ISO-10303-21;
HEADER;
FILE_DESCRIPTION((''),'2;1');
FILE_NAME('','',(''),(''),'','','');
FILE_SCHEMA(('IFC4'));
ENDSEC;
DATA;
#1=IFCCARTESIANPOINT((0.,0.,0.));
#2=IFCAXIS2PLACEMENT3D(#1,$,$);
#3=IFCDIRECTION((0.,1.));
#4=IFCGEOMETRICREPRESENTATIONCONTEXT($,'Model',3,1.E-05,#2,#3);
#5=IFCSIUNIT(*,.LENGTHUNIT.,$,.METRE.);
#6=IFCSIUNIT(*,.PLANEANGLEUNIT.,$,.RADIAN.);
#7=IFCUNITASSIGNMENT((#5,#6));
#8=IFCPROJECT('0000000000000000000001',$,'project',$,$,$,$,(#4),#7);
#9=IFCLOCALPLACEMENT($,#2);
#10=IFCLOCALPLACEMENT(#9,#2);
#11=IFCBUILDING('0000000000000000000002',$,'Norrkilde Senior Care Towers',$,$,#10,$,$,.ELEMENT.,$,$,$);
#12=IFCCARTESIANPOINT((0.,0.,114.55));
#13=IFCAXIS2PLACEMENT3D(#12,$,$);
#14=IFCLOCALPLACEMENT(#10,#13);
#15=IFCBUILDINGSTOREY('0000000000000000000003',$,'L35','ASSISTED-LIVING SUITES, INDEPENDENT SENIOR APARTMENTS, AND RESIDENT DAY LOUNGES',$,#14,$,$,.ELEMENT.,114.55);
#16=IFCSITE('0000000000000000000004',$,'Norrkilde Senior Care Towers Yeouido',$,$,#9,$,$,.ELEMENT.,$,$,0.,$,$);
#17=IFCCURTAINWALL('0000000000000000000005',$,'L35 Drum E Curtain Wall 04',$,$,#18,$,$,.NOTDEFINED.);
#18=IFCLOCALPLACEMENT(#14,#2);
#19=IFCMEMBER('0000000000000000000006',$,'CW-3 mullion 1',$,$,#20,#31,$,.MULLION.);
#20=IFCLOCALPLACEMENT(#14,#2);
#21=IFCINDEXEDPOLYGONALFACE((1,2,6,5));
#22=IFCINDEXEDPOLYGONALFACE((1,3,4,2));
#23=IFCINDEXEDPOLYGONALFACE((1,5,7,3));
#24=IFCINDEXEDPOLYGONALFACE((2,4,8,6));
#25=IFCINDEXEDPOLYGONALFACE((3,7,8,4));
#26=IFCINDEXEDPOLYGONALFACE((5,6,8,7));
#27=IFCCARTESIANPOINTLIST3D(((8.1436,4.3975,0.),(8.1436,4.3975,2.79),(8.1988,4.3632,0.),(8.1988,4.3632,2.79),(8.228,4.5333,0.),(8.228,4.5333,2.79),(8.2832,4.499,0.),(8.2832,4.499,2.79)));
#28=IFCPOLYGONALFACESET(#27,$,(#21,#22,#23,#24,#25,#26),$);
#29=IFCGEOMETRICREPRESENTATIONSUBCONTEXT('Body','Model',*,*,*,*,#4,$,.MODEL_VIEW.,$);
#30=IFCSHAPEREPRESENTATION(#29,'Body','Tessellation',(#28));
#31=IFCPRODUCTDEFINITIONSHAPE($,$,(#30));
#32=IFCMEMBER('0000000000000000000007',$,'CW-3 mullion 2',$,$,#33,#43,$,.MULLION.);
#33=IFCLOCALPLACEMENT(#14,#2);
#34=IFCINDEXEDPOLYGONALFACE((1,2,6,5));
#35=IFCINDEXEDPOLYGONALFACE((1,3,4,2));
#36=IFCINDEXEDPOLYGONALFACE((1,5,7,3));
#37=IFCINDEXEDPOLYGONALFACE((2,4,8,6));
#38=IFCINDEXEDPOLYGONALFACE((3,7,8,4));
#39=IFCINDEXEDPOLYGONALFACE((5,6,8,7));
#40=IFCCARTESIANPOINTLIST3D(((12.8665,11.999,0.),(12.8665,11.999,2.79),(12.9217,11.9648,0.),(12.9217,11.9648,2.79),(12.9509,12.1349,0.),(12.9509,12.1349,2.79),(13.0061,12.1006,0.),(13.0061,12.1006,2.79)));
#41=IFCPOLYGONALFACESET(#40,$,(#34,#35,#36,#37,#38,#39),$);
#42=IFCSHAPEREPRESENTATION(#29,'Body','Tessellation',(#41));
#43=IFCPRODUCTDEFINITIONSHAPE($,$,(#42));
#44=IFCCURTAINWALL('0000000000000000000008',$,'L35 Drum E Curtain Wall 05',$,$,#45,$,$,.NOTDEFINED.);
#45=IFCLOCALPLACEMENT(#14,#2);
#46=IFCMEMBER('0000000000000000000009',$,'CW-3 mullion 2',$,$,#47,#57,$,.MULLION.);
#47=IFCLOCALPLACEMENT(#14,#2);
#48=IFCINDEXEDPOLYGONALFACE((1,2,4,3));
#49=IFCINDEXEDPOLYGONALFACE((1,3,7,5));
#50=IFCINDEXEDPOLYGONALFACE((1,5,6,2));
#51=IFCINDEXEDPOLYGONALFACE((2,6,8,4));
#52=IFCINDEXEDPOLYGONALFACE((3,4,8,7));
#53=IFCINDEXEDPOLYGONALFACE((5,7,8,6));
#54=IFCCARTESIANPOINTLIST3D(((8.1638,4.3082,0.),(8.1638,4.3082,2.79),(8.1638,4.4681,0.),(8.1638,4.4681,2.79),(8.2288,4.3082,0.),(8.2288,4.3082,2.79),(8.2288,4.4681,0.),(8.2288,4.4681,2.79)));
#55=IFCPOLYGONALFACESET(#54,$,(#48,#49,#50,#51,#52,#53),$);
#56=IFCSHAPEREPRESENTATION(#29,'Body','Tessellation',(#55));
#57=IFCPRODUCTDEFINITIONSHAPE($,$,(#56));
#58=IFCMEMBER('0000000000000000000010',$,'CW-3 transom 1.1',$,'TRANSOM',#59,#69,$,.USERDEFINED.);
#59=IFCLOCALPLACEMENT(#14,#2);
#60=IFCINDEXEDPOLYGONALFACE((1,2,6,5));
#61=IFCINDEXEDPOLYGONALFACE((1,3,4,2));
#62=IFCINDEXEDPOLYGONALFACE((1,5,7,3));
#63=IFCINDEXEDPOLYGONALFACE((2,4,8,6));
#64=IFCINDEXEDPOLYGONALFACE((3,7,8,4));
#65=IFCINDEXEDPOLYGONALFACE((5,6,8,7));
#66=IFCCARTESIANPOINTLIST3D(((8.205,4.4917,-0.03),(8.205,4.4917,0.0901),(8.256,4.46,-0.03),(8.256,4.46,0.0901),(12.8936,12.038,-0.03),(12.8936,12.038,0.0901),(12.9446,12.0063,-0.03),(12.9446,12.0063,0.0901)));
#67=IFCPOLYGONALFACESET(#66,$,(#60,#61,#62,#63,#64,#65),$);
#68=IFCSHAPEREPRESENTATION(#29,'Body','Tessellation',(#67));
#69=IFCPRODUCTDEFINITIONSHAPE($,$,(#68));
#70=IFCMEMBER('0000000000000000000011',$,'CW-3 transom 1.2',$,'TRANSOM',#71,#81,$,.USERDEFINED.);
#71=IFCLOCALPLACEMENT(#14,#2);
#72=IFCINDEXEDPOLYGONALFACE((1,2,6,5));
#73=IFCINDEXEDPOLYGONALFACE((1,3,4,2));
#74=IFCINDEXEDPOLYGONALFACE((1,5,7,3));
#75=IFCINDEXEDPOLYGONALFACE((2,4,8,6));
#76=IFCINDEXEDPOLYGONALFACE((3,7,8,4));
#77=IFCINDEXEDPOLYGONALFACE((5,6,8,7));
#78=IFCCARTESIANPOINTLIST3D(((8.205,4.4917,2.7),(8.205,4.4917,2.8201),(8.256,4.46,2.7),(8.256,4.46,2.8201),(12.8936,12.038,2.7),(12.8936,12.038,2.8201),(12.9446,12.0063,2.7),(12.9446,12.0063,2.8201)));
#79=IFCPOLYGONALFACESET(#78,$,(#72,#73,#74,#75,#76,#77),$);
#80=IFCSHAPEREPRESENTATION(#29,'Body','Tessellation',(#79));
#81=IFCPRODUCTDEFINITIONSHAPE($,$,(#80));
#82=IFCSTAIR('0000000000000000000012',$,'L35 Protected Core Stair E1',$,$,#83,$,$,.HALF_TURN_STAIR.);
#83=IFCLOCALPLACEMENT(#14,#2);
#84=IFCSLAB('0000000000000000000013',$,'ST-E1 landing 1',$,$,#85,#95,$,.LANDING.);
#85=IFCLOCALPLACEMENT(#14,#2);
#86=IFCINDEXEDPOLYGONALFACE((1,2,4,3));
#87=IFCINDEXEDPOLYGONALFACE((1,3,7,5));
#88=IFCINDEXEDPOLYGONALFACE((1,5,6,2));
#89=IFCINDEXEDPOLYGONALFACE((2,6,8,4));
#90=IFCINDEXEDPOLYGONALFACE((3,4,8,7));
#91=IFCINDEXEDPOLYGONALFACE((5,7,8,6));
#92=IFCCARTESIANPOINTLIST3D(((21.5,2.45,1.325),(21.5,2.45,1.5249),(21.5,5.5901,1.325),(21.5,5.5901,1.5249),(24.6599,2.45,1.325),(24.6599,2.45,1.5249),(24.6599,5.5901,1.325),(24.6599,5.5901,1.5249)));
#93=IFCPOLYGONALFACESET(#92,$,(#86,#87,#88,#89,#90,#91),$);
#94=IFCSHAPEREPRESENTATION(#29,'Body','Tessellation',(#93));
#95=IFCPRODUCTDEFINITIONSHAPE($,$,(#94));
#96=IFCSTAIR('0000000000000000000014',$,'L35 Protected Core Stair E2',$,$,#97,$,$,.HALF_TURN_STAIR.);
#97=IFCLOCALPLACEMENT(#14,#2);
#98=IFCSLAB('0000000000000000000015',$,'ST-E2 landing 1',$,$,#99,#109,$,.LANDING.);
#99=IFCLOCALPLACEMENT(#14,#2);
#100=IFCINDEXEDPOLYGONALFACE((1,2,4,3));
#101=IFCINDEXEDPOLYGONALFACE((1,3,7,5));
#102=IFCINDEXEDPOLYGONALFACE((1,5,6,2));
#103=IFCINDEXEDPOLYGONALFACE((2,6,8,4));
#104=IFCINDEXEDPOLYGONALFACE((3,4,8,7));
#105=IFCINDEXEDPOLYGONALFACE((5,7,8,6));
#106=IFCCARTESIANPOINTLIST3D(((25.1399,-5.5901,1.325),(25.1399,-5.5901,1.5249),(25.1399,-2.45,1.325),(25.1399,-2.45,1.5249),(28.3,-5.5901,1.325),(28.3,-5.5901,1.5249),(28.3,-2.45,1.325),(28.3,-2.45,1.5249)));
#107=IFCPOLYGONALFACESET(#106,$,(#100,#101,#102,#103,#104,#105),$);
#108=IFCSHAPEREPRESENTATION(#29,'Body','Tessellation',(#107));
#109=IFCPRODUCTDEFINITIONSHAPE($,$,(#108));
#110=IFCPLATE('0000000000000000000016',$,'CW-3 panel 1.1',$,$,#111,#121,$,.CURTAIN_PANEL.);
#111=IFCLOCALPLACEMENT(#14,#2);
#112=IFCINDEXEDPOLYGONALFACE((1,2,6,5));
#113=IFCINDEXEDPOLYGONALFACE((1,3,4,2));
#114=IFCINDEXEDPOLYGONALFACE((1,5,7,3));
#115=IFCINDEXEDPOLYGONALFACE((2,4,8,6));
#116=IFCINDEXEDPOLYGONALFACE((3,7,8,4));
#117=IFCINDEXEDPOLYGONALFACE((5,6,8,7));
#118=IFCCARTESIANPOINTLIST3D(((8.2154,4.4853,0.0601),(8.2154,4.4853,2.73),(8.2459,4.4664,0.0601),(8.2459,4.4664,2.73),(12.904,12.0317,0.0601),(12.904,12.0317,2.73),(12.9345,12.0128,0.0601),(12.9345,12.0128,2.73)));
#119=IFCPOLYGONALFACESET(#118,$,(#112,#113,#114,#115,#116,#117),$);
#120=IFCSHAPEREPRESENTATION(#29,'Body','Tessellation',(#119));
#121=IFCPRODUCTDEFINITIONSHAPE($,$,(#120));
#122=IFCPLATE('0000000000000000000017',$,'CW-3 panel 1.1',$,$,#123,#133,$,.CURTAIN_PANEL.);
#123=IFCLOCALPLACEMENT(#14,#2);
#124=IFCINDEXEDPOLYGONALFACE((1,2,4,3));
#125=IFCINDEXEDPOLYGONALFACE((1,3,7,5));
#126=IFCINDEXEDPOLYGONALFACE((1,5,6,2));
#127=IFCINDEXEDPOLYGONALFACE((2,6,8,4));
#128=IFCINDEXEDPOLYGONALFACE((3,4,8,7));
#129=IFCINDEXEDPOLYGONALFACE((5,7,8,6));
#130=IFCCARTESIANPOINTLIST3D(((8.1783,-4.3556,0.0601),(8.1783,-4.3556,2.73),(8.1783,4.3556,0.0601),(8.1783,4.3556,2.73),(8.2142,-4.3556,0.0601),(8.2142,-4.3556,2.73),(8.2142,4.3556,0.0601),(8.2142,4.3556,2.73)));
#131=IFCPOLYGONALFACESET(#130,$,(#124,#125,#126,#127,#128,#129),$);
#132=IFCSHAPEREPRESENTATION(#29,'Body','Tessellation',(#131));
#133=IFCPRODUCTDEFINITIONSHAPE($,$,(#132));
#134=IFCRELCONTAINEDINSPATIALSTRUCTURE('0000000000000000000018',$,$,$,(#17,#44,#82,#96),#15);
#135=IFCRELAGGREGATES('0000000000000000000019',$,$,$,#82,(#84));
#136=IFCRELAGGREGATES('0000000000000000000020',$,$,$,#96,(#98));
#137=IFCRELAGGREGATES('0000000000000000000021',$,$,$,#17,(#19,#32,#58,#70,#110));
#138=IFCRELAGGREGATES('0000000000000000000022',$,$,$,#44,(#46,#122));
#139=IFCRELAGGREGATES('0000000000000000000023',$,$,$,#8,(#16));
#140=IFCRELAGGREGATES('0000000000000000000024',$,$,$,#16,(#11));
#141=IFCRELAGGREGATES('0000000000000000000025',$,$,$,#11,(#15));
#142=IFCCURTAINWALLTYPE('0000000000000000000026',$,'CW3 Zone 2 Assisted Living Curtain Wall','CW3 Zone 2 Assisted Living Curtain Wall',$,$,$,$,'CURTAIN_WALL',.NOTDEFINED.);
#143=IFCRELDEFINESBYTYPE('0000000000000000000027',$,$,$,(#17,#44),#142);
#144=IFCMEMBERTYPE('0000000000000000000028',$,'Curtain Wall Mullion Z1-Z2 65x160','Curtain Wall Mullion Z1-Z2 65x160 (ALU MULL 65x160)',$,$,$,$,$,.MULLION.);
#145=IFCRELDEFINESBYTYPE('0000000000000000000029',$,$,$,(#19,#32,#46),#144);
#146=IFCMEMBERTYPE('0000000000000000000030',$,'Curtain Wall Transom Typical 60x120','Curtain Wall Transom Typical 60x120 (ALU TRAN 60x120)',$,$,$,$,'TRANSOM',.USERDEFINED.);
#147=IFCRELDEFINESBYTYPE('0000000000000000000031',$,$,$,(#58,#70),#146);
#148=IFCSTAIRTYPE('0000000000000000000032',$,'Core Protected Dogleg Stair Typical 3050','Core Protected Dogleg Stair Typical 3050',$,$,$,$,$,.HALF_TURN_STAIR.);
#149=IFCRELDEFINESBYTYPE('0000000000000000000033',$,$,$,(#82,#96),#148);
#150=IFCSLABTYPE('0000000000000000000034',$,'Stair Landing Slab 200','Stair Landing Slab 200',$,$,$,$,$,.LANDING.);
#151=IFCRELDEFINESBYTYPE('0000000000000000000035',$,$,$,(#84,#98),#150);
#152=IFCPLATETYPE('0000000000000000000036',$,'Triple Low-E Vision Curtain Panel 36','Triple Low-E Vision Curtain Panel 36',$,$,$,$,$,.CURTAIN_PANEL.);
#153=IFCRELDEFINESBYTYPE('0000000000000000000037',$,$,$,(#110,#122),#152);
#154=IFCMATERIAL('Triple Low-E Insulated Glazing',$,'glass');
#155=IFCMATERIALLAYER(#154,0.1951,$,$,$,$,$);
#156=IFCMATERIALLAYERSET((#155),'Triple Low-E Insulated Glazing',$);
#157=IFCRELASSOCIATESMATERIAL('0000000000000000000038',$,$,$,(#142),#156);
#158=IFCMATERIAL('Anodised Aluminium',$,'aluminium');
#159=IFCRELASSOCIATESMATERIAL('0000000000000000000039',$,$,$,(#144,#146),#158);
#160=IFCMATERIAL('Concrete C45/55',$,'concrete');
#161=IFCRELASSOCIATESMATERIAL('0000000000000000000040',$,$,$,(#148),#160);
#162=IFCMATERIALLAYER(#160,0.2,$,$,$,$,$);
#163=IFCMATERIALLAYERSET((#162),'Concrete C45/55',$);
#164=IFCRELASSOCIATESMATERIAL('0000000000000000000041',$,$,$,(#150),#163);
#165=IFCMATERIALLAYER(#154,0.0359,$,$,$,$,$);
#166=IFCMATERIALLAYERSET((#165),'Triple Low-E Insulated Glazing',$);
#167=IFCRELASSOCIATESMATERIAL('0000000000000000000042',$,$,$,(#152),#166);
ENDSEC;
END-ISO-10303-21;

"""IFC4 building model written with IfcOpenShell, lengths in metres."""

from ifc_helpers import new_model, si_unit, direction, frame, origin, origin_2d, place, context, subcontext, project, spatial, polyline, rectangle, outline, extrude, source, transform, mapped, material, layer, layer_set, material_profile, profile_set, type_object, type_shapes, element, aggregate, save


model = new_model("IFC4")

# Units and contexts
model_context = context("Model", 3, precision=1e-05, world=origin(), true_north=direction((0.0, 1.0)))
body_context = subcontext(model_context, "Body", "Model", "MODEL_VIEW")
ifc_project = project(units=[si_unit("LENGTHUNIT", "METRE"), si_unit("PLANEANGLEUNIT", "RADIAN")], contexts=[model_context])

# Site, building, storey
site_placement = place(None, origin())
site = spatial("IfcSite", under=ifc_project, at=site_placement, Name="Norrkilde Senior Care Towers Yeouido", CompositionType="ELEMENT", RefElevation=0.0)
building_placement = place(site_placement, origin())
building = spatial("IfcBuilding", under=site, at=building_placement, Name="Norrkilde Senior Care Towers", CompositionType="ELEMENT")
storey_placement = place(building_placement, frame((0.0, 0.0, 114.55)))
storey = spatial("IfcBuildingStorey", under=building, at=storey_placement, Name="L35", Description="ASSISTED-LIVING SUITES, INDEPENDENT SENIOR APARTMENTS, AND RESIDENT DAY LOUNGES", CompositionType="ELEMENT", Elevation=114.55)

# Curtain wall, members
ifc_material_1 = material(Name="Triple Low-E Insulated Glazing", Category="glass")
ifc_layer_1 = layer(ifc_material_1, 0.1951)
ifc_layer_set_1 = layer_set([ifc_layer_1], Name="Triple Low-E Insulated Glazing")
curtain_wall_type = type_object("IfcCurtainWallType", Name="CW3 Zone 2 Assisted Living Curtain Wall", Description="CW3 Zone 2 Assisted Living Curtain Wall", ElementType="CURTAIN_WALL", PredefinedType="NOTDEFINED", material=ifc_layer_set_1)
curtain_wall_1_placement = place(storey_placement, origin())
curtain_wall_1 = element("IfcCurtainWall", 1, at=curtain_wall_1_placement, inside=storey, type_object=curtain_wall_type, Name="L35 Drum E Curtain Wall 04", PredefinedType="NOTDEFINED")
ifc_material_2 = material(Name="Anodised Aluminium", Category="aluminium")
ifc_material_profile_1 = material_profile(ifc_material_2, rectangle(XDim=0.0649, YDim=0.1599, at=origin_2d()), Name="ALU MULL 65x160")
ifc_profile_set_1 = profile_set([ifc_material_profile_1], Name="Anodised Aluminium")
member_type_1 = type_object("IfcMemberType", Name="Curtain Wall Mullion Z1-Z2 65x160", Description="Curtain Wall Mullion Z1-Z2 65x160 (ALU MULL 65x160)", PredefinedType="MULLION", material=ifc_profile_set_1)
shared_shape_1 = source(origin(), body_context, "Body", "SweptSolid", [
    extrude(rectangle(XDim=0.0649, YDim=0.1599, at=origin_2d()), origin(), (0.0, 0.0, 1.0), 2.79),
])
type_shapes(member_type_1, [shared_shape_1])
member_1_placement = place(storey_placement, frame((8.2134, 4.4482, 0.0), z_axis=(0.0, 0.0, 1.0), x_axis=(-0.84941, 0.527733, 0.0)))
member_1 = element("IfcMember", 2, at=member_1_placement, type_object=member_type_1, Name="CW-3 mullion 1", PredefinedType="MULLION", context=body_context, shape_type="MappedRepresentation", body=[
    mapped(shared_shape_1, transform((0.0, 0.0, 0.0), x_axis=(1.0, 0.0, 0.0), y_axis=(0.0, 1.0, 0.0), z_axis=(0.0, 0.0, 1.0), scale=1.0)),
])
member_2_placement = place(storey_placement, frame((12.9363, 12.0498, 0.0), z_axis=(0.0, 0.0, 1.0), x_axis=(-0.84941, 0.527733, 0.0)))
member_2 = element("IfcMember", 3, at=member_2_placement, type_object=member_type_1, Name="CW-3 mullion 2", PredefinedType="MULLION", context=body_context, shape_type="MappedRepresentation", body=[
    mapped(shared_shape_1, transform((0.0, 0.0, 0.0), x_axis=(1.0, 0.0, 0.0), y_axis=(0.0, 1.0, 0.0), z_axis=(0.0, 0.0, 1.0), scale=1.0)),
])

# Curtain wall, member
curtain_wall_2_placement = place(storey_placement, origin())
curtain_wall_2 = element("IfcCurtainWall", 4, at=curtain_wall_2_placement, inside=storey, type_object=curtain_wall_type, Name="L35 Drum E Curtain Wall 05", PredefinedType="NOTDEFINED")
member_3_placement = place(storey_placement, frame((8.1963, 4.3882, 0.0), z_axis=(0.0, 0.0, 1.0), x_axis=(-1.0, 0.0, 0.0)))
member_3 = element("IfcMember", 5, at=member_3_placement, type_object=member_type_1, Name="CW-3 mullion 2", PredefinedType="MULLION", context=body_context, shape_type="MappedRepresentation", body=[
    mapped(shared_shape_1, transform((0.0, 0.0, 0.0), x_axis=(1.0, 0.0, 0.0), y_axis=(0.0, 1.0, 0.0), z_axis=(0.0, 0.0, 1.0), scale=1.0)),
])

# Members
ifc_material_profile_2 = material_profile(ifc_material_2, rectangle(XDim=0.0601, YDim=0.1201, at=origin_2d()), Name="ALU TRAN 60x120")
ifc_profile_set_2 = profile_set([ifc_material_profile_2], Name="Anodised Aluminium")
member_type_2 = type_object("IfcMemberType", Name="Curtain Wall Transom Typical 60x120", Description="Curtain Wall Transom Typical 60x120 (ALU TRAN 60x120)", ElementType="TRANSOM", PredefinedType="USERDEFINED", material=ifc_profile_set_2)
shared_shape_2 = source(origin(), body_context, "Body", "SweptSolid", [
    extrude(rectangle(XDim=0.0601, YDim=0.1201, at=origin_2d()), origin(), (0.0, 0.0, 1.0), 8.8843),
])
type_shapes(member_type_2, [shared_shape_2])
member_4_placement = place(storey_placement, frame((8.2305, 4.4758, 0.03), z_axis=(0.527749, 0.8494, 0.0), x_axis=(-0.8494, 0.527749, 0.0)))
member_4 = element("IfcMember", 6, at=member_4_placement, type_object=member_type_2, Name="CW-3 transom 1.1", ObjectType="TRANSOM", PredefinedType="USERDEFINED", context=body_context, shape_type="MappedRepresentation", body=[
    mapped(shared_shape_2, transform((0.0, 0.0, 0.0), x_axis=(1.0, 0.0, 0.0), y_axis=(0.0, 1.0, 0.0), z_axis=(0.0, 0.0, 1.0), scale=1.0)),
])
member_5_placement = place(storey_placement, frame((8.2305, 4.4758, 2.76), z_axis=(0.527749, 0.8494, 0.0), x_axis=(-0.8494, 0.527749, 0.0)))
member_5 = element("IfcMember", 7, at=member_5_placement, type_object=member_type_2, Name="CW-3 transom 1.2", ObjectType="TRANSOM", PredefinedType="USERDEFINED", context=body_context, shape_type="MappedRepresentation", body=[
    mapped(shared_shape_2, transform((0.0, 0.0, 0.0), x_axis=(1.0, 0.0, 0.0), y_axis=(0.0, 1.0, 0.0), z_axis=(0.0, 0.0, 1.0), scale=1.0)),
])

# Stairs, slabs
ifc_material_3 = material(Name="Concrete C45/55", Category="concrete")
stair_type = type_object("IfcStairType", Name="Core Protected Dogleg Stair Typical 3050", Description="Core Protected Dogleg Stair Typical 3050", PredefinedType="HALF_TURN_STAIR", material=ifc_material_3)
stair_1_placement = place(storey_placement, origin())
stair_1 = element("IfcStair", 8, at=stair_1_placement, inside=storey, type_object=stair_type, Name="L35 Protected Core Stair E1", PredefinedType="HALF_TURN_STAIR")
ifc_layer_2 = layer(ifc_material_3, 0.2)
ifc_layer_set_2 = layer_set([ifc_layer_2], Name="Concrete C45/55")
slab_type = type_object("IfcSlabType", Name="Stair Landing Slab 200", Description="Stair Landing Slab 200", PredefinedType="LANDING", material=ifc_layer_set_2)
slab_1_placement = place(storey_placement, frame((0.0, 0.0, 1.325)))
slab_1 = element("IfcSlab", 9, at=slab_1_placement, type_object=slab_type, Name="ST-E1 landing 1", PredefinedType="LANDING", context=body_context, shape_type="SweptSolid", body=[
    extrude(outline(polyline([(24.6599, 5.5901), (21.5, 5.5901), (21.5, 2.45), (24.6599, 2.45), (24.6599, 5.5901)])), origin(), (0.0, 0.0, 1.0), 0.2),
])
aggregate(stair_1, [slab_1])
stair_2_placement = place(storey_placement, origin())
stair_2 = element("IfcStair", 10, at=stair_2_placement, inside=storey, type_object=stair_type, Name="L35 Protected Core Stair E2", PredefinedType="HALF_TURN_STAIR")
slab_2_placement = place(storey_placement, frame((0.0, 0.0, 1.325)))
slab_2 = element("IfcSlab", 11, at=slab_2_placement, type_object=slab_type, Name="ST-E2 landing 1", PredefinedType="LANDING", context=body_context, shape_type="SweptSolid", body=[
    extrude(outline(polyline([(25.1399, -5.5901), (28.3, -5.5901), (28.3, -2.45), (25.1399, -2.45), (25.1399, -5.5901)])), origin(), (0.0, 0.0, 1.0), 0.2),
])
aggregate(stair_2, [slab_2])

# Plates
ifc_layer_3 = layer(ifc_material_1, 0.0359)
ifc_layer_set_3 = layer_set([ifc_layer_3], Name="Triple Low-E Insulated Glazing")
plate_type = type_object("IfcPlateType", Name="Triple Low-E Vision Curtain Panel 36", Description="Triple Low-E Vision Curtain Panel 36", PredefinedType="CURTAIN_PANEL", material=ifc_layer_set_3)
shared_shape_3 = source(origin(), body_context, "Body", "SweptSolid", [
    extrude(rectangle(XDim=8.8843, YDim=0.0359, at=origin_2d()), origin(), (0.0, 0.0, 1.0), 2.6699),
])
plate_1_placement = place(storey_placement, frame((10.575, 8.249, 0.0601), z_axis=(0.0, 0.0, 1.0), x_axis=(0.527733, 0.84941, 0.0)))
plate_1 = element("IfcPlate", 12, at=plate_1_placement, type_object=plate_type, Name="CW-3 panel 1.1", PredefinedType="CURTAIN_PANEL", context=body_context, shape_type="MappedRepresentation", body=[
    mapped(shared_shape_3, transform((0.0, 0.0, 0.0), x_axis=(1.0, 0.0, 0.0), y_axis=(0.0, 1.0, 0.0), z_axis=(0.0, 0.0, 1.0), scale=1.0)),
])
aggregate(curtain_wall_1, [member_1, member_2, member_4, member_5, plate_1])
shared_shape_4 = source(origin(), body_context, "Body", "SweptSolid", [
    extrude(rectangle(XDim=8.7112, YDim=0.0359, at=origin_2d()), origin(), (0.0, 0.0, 1.0), 2.6699),
])
type_shapes(plate_type, [shared_shape_3, shared_shape_4])
plate_2_placement = place(storey_placement, frame((8.1963, 0.0, 0.0601), z_axis=(0.0, 0.0, 1.0), x_axis=(0.0, 1.0, 0.0)))
plate_2 = element("IfcPlate", 13, at=plate_2_placement, type_object=plate_type, Name="CW-3 panel 1.1", PredefinedType="CURTAIN_PANEL", context=body_context, shape_type="MappedRepresentation", body=[
    mapped(shared_shape_4, transform((0.0, 0.0, 0.0), x_axis=(1.0, 0.0, 0.0), y_axis=(0.0, 1.0, 0.0), z_axis=(0.0, 0.0, 1.0), scale=1.0)),
])
aggregate(curtain_wall_2, [member_3, plate_2])

save(model, "model.ifc")
